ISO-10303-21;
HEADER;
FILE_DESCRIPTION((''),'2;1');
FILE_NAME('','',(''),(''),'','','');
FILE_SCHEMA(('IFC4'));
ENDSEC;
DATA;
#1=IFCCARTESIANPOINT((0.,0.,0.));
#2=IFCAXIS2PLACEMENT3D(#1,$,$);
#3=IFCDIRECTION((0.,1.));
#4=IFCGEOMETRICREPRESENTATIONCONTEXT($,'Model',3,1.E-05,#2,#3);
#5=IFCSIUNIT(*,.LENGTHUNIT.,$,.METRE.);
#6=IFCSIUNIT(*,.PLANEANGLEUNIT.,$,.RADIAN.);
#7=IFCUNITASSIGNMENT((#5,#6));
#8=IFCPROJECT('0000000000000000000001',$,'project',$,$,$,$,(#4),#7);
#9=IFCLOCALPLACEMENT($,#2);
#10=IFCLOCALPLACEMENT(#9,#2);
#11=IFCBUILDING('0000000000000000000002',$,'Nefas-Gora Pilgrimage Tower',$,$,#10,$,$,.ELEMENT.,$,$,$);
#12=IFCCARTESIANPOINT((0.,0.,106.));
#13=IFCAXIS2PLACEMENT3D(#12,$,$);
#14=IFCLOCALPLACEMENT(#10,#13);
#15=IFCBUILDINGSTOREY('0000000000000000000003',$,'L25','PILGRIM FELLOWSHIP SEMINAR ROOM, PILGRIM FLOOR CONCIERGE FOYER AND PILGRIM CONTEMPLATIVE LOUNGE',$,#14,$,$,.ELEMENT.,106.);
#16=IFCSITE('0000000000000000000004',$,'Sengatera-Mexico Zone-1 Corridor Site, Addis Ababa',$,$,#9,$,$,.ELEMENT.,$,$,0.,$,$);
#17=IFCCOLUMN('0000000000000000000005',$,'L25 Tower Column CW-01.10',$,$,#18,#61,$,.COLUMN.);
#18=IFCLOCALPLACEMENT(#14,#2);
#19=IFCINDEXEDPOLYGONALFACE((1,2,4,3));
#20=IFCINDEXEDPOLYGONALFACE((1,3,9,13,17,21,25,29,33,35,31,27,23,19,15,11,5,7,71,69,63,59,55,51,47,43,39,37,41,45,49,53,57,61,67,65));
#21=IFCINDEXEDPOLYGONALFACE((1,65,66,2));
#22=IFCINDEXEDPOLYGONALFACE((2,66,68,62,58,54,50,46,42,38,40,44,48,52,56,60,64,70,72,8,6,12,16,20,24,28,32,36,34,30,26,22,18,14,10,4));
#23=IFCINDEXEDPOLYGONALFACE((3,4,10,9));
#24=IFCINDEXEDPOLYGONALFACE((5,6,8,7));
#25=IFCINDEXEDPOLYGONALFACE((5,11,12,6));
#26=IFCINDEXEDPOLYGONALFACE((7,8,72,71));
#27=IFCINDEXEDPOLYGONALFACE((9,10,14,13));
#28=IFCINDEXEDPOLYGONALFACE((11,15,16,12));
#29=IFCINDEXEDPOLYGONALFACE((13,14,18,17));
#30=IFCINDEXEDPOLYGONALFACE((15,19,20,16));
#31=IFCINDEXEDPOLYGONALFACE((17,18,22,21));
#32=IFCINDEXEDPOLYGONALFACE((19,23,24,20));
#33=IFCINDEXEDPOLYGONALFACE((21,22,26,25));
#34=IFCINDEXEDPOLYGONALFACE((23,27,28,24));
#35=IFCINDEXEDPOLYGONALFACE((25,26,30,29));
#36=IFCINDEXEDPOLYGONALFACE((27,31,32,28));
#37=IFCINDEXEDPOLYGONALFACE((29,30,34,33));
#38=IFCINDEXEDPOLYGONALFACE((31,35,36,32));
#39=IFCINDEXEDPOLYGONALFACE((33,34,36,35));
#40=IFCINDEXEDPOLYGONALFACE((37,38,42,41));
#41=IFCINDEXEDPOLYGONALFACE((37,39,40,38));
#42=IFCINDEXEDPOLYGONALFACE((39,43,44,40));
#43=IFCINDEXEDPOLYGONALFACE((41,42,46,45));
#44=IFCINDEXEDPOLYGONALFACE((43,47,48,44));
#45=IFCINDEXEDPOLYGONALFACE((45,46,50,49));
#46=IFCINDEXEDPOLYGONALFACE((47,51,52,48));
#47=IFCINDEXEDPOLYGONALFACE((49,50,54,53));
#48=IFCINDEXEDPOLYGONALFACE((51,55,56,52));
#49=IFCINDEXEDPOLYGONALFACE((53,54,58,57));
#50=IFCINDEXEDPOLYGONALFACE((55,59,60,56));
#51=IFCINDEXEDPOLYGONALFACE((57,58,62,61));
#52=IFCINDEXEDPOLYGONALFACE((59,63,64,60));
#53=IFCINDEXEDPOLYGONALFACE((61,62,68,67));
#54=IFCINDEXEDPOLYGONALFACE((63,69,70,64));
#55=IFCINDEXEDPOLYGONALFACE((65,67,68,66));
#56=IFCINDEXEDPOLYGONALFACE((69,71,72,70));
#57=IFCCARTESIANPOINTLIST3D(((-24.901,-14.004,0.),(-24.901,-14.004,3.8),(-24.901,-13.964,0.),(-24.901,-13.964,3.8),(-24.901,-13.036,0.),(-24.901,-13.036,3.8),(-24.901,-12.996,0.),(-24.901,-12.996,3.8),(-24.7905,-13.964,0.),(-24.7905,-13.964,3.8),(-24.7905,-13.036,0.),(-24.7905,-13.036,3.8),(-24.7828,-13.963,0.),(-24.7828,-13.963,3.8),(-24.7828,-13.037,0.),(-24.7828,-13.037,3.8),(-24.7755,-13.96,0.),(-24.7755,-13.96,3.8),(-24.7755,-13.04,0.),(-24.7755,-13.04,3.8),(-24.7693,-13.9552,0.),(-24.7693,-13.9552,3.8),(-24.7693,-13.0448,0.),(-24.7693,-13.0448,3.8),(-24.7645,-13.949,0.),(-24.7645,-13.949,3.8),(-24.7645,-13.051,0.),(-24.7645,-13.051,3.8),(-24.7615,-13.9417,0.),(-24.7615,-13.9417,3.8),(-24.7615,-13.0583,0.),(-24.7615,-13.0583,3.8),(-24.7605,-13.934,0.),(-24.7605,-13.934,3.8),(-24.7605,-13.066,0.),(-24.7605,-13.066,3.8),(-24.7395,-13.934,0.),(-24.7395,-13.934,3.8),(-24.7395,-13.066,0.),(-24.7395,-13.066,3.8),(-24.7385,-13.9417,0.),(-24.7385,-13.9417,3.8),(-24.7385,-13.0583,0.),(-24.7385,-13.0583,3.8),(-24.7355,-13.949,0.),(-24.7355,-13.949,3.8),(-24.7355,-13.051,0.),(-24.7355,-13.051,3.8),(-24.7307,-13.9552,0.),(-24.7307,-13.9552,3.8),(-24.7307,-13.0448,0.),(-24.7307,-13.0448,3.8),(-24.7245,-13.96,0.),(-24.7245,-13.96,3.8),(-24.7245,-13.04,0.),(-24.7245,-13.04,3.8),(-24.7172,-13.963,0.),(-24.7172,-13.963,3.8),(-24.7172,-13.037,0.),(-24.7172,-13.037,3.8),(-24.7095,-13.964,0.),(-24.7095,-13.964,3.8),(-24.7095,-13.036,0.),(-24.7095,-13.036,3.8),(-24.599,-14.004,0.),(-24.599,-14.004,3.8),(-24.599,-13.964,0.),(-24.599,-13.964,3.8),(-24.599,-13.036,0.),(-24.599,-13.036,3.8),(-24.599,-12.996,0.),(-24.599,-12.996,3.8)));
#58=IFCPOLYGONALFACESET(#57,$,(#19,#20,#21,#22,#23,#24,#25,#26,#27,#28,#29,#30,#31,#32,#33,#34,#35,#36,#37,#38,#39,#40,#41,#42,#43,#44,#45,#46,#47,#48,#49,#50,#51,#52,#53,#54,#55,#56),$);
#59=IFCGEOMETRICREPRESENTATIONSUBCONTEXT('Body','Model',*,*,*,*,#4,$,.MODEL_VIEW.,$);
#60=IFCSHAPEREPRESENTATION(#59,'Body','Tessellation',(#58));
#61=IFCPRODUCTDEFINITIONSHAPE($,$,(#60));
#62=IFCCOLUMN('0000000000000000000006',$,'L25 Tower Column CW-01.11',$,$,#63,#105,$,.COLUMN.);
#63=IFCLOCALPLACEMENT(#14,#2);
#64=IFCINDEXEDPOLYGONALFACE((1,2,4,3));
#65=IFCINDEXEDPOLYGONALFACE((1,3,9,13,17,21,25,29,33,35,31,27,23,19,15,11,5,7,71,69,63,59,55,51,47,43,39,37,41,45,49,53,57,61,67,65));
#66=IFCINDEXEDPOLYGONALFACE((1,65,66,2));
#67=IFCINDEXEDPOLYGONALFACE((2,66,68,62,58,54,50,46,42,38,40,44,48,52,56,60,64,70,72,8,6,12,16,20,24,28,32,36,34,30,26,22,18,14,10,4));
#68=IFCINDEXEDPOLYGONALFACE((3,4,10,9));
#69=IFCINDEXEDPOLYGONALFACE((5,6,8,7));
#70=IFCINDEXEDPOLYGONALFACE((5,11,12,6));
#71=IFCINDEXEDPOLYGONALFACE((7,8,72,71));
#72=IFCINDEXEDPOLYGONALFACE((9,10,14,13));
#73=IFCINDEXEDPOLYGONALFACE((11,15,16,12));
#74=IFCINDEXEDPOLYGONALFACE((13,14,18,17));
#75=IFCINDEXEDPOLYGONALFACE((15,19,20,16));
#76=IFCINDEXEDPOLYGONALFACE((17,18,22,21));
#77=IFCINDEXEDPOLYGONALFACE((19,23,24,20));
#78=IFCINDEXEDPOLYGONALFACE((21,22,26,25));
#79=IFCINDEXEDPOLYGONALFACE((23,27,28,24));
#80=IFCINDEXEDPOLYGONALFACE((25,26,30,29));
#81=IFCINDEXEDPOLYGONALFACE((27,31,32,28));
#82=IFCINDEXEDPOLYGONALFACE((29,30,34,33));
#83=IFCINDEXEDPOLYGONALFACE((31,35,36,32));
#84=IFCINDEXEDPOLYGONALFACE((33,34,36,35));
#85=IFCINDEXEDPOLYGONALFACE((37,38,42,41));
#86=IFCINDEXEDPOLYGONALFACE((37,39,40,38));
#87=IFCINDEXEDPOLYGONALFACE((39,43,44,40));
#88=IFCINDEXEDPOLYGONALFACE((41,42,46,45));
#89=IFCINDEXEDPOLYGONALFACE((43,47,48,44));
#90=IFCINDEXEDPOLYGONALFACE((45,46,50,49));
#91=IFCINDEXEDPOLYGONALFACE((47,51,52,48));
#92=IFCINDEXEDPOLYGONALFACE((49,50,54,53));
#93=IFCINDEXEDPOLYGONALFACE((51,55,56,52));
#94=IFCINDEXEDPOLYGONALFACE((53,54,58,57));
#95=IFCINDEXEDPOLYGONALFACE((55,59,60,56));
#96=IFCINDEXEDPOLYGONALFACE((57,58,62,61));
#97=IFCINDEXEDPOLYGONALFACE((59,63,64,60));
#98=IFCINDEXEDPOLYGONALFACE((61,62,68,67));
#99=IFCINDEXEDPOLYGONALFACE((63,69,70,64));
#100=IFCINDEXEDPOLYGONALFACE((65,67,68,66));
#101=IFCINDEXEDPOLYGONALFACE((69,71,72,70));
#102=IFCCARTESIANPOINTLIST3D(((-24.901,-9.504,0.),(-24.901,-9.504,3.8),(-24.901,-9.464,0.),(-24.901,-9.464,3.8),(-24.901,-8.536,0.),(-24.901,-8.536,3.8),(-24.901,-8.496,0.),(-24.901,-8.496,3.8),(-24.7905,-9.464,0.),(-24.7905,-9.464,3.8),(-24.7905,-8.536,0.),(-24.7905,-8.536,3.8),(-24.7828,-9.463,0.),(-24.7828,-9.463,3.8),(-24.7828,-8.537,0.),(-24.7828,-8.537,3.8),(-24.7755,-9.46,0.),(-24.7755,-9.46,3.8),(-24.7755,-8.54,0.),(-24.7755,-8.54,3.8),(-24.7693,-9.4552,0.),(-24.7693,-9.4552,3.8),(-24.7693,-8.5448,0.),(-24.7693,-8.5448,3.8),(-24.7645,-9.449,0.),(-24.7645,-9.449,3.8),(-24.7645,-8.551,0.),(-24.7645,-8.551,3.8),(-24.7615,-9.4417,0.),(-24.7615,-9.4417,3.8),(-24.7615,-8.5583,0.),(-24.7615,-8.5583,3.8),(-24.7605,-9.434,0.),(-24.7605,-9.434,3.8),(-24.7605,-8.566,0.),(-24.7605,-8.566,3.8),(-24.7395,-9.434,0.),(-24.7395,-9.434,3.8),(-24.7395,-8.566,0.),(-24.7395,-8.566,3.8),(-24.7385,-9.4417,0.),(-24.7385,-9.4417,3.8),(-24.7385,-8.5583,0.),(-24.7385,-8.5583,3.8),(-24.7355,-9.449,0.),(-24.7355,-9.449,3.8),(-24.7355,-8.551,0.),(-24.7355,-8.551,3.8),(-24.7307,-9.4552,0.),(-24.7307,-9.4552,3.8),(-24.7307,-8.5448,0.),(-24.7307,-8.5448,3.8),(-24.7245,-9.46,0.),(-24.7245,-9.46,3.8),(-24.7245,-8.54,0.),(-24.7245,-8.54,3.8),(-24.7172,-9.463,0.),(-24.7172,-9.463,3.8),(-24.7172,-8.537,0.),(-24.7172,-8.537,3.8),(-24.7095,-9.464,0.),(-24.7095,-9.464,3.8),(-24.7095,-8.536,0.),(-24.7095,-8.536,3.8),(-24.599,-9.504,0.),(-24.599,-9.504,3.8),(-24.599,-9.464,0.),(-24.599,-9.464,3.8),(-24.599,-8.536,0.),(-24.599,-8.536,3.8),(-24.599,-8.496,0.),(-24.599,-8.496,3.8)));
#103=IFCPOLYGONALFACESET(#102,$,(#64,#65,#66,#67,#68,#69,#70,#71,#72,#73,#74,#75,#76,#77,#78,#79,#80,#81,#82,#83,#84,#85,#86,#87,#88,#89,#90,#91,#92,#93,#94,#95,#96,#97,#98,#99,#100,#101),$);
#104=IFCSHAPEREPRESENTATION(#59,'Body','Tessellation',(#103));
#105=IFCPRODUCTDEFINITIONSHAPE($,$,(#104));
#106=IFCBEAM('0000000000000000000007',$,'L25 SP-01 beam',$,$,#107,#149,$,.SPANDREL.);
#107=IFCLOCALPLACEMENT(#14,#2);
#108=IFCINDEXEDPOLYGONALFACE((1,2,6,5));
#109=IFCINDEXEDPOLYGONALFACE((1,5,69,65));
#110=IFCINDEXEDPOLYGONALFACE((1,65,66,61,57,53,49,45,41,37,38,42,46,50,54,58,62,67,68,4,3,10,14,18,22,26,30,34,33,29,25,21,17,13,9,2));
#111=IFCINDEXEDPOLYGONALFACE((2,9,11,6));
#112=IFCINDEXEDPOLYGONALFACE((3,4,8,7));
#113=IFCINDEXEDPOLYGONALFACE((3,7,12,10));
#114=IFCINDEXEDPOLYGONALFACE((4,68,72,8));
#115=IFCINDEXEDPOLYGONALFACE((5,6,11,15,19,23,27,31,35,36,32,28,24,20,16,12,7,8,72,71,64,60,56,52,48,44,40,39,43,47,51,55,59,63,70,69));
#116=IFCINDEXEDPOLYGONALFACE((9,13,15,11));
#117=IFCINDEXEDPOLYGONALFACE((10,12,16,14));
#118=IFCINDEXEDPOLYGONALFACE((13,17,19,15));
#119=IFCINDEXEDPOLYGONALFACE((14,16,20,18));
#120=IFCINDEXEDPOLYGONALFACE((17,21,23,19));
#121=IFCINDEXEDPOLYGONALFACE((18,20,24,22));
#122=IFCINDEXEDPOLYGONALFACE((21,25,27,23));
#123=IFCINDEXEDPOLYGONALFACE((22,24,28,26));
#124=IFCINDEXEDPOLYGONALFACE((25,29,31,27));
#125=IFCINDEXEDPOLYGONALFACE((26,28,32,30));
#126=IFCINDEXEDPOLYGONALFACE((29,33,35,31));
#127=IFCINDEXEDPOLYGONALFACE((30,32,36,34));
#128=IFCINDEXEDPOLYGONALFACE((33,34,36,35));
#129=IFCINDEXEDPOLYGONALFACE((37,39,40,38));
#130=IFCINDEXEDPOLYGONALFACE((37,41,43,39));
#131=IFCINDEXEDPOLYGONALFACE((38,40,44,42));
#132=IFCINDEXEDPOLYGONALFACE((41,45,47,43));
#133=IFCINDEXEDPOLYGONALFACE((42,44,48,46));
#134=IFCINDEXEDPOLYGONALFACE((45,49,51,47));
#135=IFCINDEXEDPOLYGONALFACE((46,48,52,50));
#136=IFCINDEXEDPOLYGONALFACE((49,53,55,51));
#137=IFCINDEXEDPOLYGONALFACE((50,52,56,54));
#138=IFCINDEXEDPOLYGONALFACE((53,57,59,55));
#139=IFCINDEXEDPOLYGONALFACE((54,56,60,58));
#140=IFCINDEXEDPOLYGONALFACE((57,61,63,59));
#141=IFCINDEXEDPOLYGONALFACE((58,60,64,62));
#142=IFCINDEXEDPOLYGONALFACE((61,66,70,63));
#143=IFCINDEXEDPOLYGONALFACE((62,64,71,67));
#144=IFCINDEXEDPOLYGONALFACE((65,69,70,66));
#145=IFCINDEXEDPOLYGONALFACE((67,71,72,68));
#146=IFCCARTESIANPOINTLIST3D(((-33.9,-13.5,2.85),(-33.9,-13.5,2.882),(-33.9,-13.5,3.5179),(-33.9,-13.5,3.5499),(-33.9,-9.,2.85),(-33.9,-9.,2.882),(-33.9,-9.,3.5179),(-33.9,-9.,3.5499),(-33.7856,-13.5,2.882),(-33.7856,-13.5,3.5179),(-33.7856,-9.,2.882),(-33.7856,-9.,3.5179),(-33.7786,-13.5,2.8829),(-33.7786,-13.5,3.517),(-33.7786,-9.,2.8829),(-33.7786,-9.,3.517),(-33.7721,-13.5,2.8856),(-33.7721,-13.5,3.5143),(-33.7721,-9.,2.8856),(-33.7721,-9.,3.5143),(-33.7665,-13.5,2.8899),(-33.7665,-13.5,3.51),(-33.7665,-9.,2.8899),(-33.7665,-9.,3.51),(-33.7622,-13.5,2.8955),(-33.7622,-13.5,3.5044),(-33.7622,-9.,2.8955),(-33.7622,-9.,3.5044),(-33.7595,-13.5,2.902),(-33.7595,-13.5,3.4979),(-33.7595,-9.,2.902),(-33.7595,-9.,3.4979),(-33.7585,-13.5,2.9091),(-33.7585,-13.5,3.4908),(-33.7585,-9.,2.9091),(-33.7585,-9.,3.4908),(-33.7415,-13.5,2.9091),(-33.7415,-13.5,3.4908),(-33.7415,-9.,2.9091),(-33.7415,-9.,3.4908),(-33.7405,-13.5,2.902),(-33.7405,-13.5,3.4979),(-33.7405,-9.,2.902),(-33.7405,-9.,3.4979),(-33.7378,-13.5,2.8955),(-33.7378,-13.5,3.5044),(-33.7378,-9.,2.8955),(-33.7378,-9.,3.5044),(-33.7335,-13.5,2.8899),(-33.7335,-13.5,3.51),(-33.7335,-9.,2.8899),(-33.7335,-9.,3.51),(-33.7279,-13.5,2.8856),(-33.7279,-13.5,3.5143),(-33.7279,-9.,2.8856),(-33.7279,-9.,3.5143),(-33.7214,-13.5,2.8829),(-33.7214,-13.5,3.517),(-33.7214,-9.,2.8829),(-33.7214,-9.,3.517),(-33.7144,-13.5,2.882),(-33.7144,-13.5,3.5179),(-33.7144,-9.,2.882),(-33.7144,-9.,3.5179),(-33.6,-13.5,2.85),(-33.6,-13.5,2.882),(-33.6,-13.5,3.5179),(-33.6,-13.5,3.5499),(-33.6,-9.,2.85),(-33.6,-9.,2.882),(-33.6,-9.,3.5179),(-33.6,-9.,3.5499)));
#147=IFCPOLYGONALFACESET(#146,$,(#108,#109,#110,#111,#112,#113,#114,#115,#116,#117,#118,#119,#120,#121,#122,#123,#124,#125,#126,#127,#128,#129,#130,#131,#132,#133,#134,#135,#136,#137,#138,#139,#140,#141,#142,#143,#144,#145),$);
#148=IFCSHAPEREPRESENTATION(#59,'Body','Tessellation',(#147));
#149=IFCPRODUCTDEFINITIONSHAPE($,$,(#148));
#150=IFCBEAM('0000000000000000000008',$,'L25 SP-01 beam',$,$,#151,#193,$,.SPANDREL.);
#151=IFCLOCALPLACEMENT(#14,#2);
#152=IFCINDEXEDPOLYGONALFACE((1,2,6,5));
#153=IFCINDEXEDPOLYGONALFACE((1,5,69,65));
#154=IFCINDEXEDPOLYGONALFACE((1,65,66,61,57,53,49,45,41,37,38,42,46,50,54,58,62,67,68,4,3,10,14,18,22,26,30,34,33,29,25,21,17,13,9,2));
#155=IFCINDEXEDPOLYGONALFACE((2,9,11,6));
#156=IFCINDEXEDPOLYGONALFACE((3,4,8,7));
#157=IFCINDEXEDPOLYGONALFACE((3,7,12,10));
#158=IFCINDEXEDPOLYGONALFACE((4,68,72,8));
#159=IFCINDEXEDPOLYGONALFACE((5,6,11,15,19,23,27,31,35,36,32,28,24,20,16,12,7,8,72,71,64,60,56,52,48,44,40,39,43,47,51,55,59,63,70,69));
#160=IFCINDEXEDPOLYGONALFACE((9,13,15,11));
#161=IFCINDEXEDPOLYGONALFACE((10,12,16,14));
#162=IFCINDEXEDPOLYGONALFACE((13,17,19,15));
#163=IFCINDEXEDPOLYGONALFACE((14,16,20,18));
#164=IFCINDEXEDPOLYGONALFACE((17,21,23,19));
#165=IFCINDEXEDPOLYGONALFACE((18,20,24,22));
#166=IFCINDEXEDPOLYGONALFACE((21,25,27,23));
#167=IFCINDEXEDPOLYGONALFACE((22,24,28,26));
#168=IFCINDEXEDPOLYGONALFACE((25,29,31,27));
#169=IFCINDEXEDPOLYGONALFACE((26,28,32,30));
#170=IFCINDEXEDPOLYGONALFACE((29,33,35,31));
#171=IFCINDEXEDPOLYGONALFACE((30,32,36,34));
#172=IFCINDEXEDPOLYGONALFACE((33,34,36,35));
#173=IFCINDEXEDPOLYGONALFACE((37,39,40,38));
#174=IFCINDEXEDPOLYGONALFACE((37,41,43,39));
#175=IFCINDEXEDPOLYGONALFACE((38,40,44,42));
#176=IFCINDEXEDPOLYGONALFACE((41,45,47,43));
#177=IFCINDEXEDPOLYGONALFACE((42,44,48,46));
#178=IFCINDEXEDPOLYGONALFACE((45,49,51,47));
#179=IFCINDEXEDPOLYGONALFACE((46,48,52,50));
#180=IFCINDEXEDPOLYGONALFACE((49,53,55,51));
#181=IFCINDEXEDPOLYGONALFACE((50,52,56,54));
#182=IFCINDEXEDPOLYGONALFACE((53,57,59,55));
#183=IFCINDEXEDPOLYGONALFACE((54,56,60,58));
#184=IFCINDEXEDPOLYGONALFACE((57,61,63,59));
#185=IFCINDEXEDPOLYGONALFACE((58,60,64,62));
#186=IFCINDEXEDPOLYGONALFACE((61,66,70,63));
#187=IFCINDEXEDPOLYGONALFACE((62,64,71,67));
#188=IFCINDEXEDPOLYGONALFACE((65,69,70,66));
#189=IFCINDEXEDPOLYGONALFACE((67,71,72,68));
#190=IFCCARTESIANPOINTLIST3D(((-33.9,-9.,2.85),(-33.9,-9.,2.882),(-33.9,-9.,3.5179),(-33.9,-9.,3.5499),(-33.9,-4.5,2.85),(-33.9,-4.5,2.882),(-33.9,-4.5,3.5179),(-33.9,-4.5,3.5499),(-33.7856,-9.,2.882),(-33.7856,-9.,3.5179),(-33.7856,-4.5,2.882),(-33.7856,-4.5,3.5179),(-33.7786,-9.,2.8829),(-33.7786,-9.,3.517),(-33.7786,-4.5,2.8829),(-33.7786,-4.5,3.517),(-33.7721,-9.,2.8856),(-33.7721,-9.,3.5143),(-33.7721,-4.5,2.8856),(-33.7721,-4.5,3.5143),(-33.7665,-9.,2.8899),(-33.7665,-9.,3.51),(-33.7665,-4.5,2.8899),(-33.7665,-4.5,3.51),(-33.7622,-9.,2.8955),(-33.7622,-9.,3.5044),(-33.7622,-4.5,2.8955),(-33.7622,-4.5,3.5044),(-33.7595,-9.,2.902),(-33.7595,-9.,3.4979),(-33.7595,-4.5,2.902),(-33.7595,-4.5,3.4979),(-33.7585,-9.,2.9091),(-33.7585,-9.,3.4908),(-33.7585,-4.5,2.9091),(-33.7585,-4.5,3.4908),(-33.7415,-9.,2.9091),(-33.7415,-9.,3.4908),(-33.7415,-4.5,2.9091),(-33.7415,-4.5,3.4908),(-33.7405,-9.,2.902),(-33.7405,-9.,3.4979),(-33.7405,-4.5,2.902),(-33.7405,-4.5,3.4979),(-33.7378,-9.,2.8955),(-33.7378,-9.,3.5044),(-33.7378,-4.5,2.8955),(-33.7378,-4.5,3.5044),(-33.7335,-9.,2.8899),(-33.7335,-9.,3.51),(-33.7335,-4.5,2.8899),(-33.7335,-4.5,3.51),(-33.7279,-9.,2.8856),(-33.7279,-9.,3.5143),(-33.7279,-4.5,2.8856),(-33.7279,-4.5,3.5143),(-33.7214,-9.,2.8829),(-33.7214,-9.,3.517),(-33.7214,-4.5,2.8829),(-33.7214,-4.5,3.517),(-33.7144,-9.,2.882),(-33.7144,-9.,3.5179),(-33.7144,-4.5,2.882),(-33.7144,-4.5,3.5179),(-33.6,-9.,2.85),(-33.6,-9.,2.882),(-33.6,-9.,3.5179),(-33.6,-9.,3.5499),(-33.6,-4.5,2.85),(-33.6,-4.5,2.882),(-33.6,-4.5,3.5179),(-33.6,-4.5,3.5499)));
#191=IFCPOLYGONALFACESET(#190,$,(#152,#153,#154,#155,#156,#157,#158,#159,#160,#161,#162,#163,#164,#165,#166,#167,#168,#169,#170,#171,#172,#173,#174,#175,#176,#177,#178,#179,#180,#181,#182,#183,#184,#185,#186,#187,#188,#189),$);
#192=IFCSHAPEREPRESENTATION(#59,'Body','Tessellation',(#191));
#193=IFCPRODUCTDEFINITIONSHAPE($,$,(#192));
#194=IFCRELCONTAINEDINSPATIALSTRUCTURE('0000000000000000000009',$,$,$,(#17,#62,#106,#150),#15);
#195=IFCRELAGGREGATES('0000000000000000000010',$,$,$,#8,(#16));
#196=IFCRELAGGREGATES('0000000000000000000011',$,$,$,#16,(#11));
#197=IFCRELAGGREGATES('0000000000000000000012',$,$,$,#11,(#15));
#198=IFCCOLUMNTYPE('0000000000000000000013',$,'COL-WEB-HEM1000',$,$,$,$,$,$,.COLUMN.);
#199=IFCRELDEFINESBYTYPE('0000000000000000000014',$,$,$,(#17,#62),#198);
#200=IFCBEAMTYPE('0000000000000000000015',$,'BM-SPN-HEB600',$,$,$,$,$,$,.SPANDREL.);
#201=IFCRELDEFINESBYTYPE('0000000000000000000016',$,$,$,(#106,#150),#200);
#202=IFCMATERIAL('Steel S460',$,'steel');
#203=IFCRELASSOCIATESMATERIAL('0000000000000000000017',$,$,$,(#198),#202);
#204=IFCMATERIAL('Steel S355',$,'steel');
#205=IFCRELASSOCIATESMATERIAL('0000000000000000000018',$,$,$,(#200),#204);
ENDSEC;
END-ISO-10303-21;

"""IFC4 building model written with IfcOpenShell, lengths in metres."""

from ifc_helpers import new_model, si_unit, direction, frame, origin, origin_2d, place, context, subcontext, project, spatial, i_section, extrude, source, transform, mapped, material, material_profile, profile_set, type_object, element, save


model = new_model("IFC4")

# Units and contexts
model_context = context("Model", 3, precision=1e-05, world=origin(), true_north=direction((0.0, 1.0)))
body_context = subcontext(model_context, "Body", "Model", "MODEL_VIEW")
ifc_project = project(units=[si_unit("LENGTHUNIT", "METRE"), si_unit("PLANEANGLEUNIT", "RADIAN")], contexts=[model_context])

# Site, building, storey
site_placement = place(None, origin())
site = spatial("IfcSite", under=ifc_project, at=site_placement, Name="Sengatera-Mexico Zone-1 Corridor Site, Addis Ababa", CompositionType="ELEMENT", RefElevation=0.0)
building_placement = place(site_placement, origin())
building = spatial("IfcBuilding", under=site, at=building_placement, Name="Nefas-Gora Pilgrimage Tower", CompositionType="ELEMENT")
storey_placement = place(building_placement, frame((0.0, 0.0, 106.0)))
storey = spatial("IfcBuildingStorey", under=building, at=storey_placement, Name="L25", Description="PILGRIM FELLOWSHIP SEMINAR ROOM, PILGRIM FLOOR CONCIERGE FOYER AND PILGRIM CONTEMPLATIVE LOUNGE", CompositionType="ELEMENT", Elevation=106.0)

# Columns
ifc_material_1 = material(Name="Steel S460", Category="steel")
ifc_material_profile_1 = material_profile(ifc_material_1, i_section(OverallWidth=0.302, OverallDepth=1.0081, WebThickness=0.021, FlangeThickness=0.04, FilletRadius=0.03, at=origin_2d()), Name="HEM 1000")
ifc_profile_set_1 = profile_set([ifc_material_profile_1], Name="Steel S460")
column_type_1 = type_object("IfcColumnType", Name="COL-WEB-HEM1000", PredefinedType="COLUMN", material=ifc_profile_set_1)
shared_shape_1 = source(origin(), body_context, "Body", "SweptSolid", [
    extrude(i_section(OverallWidth=0.302, OverallDepth=1.0081, WebThickness=0.021, FlangeThickness=0.04, FilletRadius=0.03, at=origin_2d()), origin(), (0.0, 0.0, 1.0), 3.8),
])
for number, where, z_axis, x_axis, name in (
    (1, (-24.75, -13.5, 0.0), (0.0, 0.0, 1.0), (1.0, 0.0, 0.0), "L25 Tower Column CW-01.10"),
    (2, (-24.75, -9.0, 0.0), (0.0, 0.0, 1.0), (1.0, 0.0, 0.0), "L25 Tower Column CW-01.11"),
):
    element("IfcColumn", number, at=place(storey_placement, frame(where, z_axis=z_axis, x_axis=x_axis)), inside=storey, type_object=column_type_1, Name=name, PredefinedType="COLUMN", context=body_context, shape_type="MappedRepresentation", body=[
        mapped(shared_shape_1, transform((0.0, 0.0, 0.0), x_axis=(1.0, 0.0, 0.0), y_axis=(0.0, 1.0, 0.0), z_axis=(0.0, 0.0, 1.0), scale=1.0)),
    ])

# Beams
ifc_material_2 = material(Name="Steel S355", Category="steel")
ifc_material_profile_2 = material_profile(ifc_material_2, i_section(OverallWidth=0.3, OverallDepth=0.7, WebThickness=0.0171, FlangeThickness=0.032, FilletRadius=0.0271, at=origin_2d()), Name="HEB 700")
ifc_profile_set_2 = profile_set([ifc_material_profile_2], Name="Steel S355")
beam_type_1 = type_object("IfcBeamType", Name="BM-SPN-HEB600", PredefinedType="SPANDREL", material=ifc_profile_set_2)
shared_shape_2 = source(origin(), body_context, "Body", "SweptSolid", [
    extrude(i_section(OverallWidth=0.3, OverallDepth=0.7, WebThickness=0.0171, FlangeThickness=0.032, FilletRadius=0.0271, at=origin_2d()), origin(), (0.0, 0.0, 1.0), 4.5),
])
for number, where, z_axis, x_axis, name in (
    (3, (-33.75, -13.5, 3.2), (0.0, 1.0, 0.0), (-1.0, 0.0, 0.0), "L25 SP-01 beam"),
    (4, (-33.75, -9.0, 3.2), (0.0, 1.0, 0.0), (-1.0, 0.0, 0.0), "L25 SP-01 beam"),
):
    element("IfcBeam", number, at=place(storey_placement, frame(where, z_axis=z_axis, x_axis=x_axis)), inside=storey, type_object=beam_type_1, Name=name, PredefinedType="SPANDREL", context=body_context, shape_type="MappedRepresentation", body=[
        mapped(shared_shape_2, transform((0.0, 0.0, 0.0), x_axis=(1.0, 0.0, 0.0), y_axis=(0.0, 1.0, 0.0), z_axis=(0.0, 0.0, 1.0), scale=1.0)),
    ])

save(model, "model.ifc")
